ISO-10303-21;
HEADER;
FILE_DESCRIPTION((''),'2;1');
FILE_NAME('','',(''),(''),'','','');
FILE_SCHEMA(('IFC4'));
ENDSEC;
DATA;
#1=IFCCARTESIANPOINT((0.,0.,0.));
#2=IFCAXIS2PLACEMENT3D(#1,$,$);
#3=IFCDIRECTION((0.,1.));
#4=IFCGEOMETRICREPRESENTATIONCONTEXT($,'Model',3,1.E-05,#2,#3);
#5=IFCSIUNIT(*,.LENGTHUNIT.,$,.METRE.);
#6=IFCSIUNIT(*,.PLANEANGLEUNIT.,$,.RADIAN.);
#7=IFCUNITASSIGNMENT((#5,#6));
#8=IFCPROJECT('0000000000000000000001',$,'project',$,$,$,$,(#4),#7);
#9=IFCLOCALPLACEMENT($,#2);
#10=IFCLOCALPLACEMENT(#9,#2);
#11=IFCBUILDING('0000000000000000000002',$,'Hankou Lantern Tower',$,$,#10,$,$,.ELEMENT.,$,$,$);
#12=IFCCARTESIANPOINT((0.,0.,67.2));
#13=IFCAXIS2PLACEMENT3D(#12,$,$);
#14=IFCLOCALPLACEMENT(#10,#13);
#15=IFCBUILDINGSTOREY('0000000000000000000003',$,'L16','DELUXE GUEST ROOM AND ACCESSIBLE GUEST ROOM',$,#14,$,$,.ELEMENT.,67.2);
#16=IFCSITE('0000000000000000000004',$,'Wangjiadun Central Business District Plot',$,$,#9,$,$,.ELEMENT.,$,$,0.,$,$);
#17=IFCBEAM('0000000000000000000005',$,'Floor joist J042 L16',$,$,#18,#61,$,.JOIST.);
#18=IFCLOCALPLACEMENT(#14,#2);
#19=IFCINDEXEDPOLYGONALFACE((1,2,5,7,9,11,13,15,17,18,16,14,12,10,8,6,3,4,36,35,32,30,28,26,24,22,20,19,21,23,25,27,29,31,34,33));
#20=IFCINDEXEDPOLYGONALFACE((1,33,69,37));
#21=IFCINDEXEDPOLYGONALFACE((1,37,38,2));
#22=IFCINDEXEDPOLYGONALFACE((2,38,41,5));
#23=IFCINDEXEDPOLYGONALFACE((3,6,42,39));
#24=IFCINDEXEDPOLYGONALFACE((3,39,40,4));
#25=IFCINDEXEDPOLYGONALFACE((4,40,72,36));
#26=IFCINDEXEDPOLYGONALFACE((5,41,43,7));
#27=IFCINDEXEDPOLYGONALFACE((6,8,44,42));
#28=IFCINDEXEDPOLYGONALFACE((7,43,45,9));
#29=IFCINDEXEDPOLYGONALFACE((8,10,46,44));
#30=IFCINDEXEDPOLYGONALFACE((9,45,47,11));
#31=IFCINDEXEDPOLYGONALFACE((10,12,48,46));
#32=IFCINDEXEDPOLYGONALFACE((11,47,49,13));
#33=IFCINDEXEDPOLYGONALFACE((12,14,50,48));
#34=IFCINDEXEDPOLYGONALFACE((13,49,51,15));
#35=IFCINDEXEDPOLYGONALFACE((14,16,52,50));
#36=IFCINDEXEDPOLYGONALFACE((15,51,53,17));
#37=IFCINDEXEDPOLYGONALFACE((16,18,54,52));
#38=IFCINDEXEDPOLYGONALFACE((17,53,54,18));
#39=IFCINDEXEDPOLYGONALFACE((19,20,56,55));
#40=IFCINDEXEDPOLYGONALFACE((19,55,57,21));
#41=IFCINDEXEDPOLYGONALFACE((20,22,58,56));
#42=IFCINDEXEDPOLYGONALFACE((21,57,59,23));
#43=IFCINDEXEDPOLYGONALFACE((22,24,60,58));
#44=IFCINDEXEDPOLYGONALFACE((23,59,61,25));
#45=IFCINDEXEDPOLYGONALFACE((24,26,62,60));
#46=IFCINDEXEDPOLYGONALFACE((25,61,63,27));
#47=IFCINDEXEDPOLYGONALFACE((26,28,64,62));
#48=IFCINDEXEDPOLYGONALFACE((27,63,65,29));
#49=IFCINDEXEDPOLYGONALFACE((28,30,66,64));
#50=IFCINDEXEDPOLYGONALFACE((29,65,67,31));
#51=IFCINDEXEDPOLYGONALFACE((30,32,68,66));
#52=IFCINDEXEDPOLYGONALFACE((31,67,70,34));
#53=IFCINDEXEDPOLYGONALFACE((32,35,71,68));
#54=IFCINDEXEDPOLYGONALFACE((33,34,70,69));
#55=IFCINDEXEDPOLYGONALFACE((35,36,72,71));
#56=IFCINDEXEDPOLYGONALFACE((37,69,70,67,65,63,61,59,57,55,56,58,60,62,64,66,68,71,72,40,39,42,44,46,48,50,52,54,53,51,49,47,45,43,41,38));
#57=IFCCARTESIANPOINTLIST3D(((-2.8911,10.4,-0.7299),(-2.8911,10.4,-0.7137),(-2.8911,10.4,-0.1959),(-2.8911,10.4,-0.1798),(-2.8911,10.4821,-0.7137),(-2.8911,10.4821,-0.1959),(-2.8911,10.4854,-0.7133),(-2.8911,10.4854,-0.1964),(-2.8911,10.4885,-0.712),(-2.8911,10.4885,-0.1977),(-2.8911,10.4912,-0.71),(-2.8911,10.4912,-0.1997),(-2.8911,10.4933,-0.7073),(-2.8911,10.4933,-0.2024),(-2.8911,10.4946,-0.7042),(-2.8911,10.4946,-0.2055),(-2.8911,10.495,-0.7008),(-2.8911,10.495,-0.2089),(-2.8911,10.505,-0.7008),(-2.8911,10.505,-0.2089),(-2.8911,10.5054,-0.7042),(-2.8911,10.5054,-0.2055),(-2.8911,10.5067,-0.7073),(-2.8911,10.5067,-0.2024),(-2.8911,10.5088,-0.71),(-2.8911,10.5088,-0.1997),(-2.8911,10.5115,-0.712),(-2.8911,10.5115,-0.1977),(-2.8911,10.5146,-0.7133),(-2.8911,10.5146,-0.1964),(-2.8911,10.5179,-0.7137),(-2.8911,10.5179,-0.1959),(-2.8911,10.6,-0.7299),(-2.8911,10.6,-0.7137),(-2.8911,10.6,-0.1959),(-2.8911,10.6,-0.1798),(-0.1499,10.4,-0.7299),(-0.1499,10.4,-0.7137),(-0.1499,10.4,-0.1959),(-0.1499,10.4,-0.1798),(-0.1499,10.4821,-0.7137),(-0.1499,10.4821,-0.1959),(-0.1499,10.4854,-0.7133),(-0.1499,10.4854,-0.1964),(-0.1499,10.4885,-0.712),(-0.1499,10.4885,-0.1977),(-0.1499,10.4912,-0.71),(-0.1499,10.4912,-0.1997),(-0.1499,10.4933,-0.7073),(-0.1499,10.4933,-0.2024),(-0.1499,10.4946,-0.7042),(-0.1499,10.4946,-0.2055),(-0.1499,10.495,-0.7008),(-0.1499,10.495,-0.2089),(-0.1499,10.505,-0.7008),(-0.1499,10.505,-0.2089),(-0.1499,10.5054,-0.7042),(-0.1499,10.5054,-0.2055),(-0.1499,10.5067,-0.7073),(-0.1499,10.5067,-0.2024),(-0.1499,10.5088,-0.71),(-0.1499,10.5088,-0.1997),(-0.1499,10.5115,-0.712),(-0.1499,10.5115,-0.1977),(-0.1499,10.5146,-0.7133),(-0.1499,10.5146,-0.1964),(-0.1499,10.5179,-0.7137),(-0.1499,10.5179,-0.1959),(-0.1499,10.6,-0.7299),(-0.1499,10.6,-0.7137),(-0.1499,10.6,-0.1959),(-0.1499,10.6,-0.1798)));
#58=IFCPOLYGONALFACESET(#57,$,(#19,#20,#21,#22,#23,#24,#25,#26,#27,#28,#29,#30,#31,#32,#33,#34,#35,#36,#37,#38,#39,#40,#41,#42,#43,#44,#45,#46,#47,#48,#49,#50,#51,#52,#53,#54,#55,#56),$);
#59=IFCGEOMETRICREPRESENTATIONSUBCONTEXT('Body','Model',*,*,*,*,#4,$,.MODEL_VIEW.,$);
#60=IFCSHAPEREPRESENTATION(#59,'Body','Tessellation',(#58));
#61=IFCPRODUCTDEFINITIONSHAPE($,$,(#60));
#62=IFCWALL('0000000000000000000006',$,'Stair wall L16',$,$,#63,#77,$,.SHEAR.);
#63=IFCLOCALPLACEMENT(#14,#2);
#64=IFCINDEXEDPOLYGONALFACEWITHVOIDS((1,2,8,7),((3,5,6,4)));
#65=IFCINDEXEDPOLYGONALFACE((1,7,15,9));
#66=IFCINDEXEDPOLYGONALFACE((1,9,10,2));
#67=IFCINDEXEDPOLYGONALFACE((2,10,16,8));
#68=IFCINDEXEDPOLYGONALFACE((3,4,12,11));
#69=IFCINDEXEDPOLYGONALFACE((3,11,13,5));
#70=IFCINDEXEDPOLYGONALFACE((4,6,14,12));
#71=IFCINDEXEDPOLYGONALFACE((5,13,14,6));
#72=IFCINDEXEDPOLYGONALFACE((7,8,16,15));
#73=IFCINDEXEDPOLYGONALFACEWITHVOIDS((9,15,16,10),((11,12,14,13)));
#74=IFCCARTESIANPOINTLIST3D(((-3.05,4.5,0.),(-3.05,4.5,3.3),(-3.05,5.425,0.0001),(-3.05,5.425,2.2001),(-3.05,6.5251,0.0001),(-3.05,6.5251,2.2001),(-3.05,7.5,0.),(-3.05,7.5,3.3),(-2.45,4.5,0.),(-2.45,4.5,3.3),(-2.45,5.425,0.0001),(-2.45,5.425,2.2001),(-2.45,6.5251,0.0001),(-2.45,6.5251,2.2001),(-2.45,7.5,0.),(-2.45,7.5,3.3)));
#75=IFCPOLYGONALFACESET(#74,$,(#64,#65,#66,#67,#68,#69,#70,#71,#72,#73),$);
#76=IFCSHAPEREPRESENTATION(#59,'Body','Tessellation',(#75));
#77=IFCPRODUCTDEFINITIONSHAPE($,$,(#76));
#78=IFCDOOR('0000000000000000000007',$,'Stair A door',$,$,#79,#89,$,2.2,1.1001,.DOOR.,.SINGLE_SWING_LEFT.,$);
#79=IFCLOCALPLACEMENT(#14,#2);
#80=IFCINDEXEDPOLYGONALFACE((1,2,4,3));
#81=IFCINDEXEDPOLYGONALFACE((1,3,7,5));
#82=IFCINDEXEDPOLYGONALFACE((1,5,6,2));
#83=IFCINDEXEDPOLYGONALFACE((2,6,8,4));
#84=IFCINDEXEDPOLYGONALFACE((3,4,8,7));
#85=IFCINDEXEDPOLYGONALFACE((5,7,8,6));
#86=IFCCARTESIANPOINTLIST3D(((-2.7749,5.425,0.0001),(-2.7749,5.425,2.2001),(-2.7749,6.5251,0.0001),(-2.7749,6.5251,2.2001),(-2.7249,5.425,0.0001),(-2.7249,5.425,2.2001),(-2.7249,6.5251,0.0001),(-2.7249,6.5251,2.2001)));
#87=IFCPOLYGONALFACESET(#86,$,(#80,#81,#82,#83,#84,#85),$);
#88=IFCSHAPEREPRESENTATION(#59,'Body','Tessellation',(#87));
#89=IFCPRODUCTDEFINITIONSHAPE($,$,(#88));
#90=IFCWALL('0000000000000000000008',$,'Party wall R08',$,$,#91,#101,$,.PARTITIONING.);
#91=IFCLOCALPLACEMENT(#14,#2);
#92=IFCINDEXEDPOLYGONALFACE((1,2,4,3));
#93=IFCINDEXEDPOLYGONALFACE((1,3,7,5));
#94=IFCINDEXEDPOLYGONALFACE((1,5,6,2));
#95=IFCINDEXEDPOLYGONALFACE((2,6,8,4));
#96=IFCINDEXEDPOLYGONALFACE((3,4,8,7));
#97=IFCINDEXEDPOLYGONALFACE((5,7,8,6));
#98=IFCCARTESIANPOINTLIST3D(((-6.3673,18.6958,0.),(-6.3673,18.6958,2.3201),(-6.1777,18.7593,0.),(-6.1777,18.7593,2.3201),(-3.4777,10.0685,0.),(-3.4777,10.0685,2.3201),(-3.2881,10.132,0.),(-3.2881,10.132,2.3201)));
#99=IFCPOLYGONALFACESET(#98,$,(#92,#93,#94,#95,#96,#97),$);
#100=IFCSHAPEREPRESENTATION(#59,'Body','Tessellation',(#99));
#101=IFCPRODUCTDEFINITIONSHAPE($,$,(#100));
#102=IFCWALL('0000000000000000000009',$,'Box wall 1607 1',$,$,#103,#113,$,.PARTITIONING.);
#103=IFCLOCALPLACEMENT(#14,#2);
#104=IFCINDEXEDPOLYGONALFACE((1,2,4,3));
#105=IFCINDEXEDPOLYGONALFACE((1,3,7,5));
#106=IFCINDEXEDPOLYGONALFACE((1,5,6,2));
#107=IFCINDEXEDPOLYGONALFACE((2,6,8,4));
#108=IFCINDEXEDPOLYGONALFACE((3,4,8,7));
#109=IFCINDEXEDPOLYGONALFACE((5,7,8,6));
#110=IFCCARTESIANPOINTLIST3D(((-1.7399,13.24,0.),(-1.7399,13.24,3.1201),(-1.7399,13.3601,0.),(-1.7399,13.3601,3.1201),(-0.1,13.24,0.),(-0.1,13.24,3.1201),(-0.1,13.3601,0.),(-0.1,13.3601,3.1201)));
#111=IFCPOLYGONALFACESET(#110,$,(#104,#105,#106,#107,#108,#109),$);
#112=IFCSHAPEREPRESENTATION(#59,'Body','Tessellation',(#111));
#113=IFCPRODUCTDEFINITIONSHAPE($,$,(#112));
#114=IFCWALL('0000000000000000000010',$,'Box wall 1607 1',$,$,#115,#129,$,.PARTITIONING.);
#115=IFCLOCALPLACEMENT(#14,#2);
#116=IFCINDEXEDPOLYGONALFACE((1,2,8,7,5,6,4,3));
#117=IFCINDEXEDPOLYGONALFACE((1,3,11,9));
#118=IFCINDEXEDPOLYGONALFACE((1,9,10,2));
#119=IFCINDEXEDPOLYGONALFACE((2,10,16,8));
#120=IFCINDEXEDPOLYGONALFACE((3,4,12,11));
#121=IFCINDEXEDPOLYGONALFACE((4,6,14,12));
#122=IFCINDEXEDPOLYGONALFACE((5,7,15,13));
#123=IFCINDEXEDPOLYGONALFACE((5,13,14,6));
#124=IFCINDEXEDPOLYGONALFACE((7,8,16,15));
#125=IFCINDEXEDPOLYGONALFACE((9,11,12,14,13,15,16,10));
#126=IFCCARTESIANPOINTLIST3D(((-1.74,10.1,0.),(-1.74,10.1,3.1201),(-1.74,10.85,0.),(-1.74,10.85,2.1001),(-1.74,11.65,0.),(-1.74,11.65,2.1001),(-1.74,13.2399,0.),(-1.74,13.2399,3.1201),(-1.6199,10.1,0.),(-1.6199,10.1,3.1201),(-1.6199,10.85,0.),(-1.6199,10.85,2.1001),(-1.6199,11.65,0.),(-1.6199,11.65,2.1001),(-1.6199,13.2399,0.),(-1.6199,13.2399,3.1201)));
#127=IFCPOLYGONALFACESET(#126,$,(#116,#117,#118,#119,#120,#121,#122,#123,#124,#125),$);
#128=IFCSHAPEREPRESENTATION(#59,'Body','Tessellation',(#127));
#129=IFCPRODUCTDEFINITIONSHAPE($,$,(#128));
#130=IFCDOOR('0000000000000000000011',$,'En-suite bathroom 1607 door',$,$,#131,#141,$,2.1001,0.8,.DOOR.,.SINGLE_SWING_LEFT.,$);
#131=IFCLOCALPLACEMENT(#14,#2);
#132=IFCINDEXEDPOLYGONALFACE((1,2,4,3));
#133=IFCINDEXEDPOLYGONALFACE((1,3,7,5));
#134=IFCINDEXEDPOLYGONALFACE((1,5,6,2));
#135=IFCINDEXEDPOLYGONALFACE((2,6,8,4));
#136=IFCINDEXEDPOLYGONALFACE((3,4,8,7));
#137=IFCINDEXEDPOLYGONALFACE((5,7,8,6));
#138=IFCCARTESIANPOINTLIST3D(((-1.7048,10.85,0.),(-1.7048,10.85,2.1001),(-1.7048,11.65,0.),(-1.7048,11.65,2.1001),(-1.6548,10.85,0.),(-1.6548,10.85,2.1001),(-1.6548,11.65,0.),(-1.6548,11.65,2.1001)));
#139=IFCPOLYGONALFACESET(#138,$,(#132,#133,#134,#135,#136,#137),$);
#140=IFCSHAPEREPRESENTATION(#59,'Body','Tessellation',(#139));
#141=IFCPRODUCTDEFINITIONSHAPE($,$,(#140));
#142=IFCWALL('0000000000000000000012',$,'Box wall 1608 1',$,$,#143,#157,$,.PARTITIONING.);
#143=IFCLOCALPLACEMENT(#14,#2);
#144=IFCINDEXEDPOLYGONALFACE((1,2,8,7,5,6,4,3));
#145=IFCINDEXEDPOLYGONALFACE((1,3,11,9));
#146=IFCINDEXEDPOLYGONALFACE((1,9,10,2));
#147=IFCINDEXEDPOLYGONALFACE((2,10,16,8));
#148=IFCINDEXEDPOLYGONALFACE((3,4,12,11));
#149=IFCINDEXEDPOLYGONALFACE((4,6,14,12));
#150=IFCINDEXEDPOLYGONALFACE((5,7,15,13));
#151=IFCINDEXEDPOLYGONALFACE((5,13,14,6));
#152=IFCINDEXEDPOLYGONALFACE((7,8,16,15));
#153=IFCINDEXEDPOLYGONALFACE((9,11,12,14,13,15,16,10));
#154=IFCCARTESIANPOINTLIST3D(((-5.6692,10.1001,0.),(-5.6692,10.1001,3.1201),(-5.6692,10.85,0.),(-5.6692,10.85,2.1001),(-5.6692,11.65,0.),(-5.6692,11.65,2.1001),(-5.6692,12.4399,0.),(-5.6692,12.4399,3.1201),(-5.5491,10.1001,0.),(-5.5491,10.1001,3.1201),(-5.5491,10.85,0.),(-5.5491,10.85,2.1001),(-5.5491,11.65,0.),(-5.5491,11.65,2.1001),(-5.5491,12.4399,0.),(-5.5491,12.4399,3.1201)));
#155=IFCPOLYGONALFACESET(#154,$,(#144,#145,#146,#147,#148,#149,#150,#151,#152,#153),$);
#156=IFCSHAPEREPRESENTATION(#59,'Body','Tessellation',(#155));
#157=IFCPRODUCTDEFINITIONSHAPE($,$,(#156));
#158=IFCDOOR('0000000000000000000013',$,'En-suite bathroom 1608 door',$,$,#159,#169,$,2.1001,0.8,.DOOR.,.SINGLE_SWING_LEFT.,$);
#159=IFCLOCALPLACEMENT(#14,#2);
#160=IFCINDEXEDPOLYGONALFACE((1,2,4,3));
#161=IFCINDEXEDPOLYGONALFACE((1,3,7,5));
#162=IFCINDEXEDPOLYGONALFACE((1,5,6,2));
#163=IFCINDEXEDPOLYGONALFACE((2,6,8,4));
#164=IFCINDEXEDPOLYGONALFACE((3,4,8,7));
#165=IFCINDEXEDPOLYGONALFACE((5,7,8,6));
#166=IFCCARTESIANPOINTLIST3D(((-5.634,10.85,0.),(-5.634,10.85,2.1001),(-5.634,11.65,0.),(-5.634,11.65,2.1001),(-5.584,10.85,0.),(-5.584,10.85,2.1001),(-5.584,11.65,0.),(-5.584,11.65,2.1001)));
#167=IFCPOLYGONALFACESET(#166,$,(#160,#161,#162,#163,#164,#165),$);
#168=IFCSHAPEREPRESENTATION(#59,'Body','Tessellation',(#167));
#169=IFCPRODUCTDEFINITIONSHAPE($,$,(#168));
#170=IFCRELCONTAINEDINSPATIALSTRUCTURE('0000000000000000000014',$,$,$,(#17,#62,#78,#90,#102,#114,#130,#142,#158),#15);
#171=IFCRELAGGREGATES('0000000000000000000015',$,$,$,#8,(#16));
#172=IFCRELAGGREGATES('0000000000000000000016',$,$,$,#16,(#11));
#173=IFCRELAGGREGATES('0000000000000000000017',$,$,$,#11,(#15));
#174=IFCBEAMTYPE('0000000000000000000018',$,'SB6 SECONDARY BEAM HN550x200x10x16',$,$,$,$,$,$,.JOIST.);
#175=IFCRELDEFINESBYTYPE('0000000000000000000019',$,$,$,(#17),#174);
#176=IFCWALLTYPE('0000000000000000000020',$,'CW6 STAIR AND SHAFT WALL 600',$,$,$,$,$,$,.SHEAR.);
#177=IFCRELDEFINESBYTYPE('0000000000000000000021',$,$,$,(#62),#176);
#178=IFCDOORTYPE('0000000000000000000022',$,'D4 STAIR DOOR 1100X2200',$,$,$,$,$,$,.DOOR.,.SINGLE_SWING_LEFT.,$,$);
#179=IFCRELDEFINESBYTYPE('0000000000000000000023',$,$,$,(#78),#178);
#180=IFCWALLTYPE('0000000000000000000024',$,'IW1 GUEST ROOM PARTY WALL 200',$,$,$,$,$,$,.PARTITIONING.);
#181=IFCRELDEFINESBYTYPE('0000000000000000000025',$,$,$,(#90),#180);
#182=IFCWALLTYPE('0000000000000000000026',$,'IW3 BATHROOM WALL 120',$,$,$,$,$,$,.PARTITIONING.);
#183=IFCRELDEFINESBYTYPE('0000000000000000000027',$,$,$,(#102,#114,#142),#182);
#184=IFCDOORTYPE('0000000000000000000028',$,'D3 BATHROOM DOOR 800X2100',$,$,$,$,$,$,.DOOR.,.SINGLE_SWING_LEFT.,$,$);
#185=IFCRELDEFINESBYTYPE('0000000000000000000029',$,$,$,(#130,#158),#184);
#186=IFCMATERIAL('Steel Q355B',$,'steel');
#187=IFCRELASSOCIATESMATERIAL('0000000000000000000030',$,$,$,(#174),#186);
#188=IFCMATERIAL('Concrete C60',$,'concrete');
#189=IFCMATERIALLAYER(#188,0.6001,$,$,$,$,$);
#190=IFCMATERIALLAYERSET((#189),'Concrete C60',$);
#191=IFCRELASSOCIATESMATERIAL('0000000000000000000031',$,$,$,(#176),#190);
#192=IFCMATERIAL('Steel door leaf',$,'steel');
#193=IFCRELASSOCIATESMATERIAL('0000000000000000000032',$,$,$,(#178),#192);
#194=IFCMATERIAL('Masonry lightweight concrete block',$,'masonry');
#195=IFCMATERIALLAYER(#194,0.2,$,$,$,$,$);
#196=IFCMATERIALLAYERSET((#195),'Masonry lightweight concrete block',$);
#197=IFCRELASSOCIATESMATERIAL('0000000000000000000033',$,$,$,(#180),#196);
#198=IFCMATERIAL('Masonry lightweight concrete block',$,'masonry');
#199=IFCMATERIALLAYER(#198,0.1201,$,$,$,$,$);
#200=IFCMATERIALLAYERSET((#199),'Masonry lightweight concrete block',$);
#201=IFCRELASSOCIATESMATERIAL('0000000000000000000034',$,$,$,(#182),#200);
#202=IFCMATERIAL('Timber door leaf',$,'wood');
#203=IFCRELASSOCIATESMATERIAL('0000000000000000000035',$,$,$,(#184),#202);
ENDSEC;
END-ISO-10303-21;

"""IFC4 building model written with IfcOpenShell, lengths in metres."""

from ifc_helpers import new_model, si_unit, direction, frame, frame_2d, origin, origin_2d, place, context, subcontext, project, spatial, rectangle, i_section, extrude, material, layer, layer_set, material_profile, profile_set, type_object, element, fill, save


model = new_model("IFC4")

# Units and contexts
model_context = context("Model", 3, precision=1e-05, world=origin(), true_north=direction((0.0, 1.0)))
body_context = subcontext(model_context, "Body", "Model", "MODEL_VIEW")
ifc_project = project(units=[si_unit("LENGTHUNIT", "METRE"), si_unit("PLANEANGLEUNIT", "RADIAN")], contexts=[model_context])

# Site, building, storey
site_placement = place(None, origin())
site = spatial("IfcSite", under=ifc_project, at=site_placement, Name="Wangjiadun Central Business District Plot", CompositionType="ELEMENT", RefElevation=0.0)
building_placement = place(site_placement, origin())
building = spatial("IfcBuilding", under=site, at=building_placement, Name="Hankou Lantern Tower", CompositionType="ELEMENT")
storey_placement = place(building_placement, frame((0.0, 0.0, 67.2)))
storey = spatial("IfcBuildingStorey", under=building, at=storey_placement, Name="L16", Description="DELUXE GUEST ROOM AND ACCESSIBLE GUEST ROOM", CompositionType="ELEMENT", Elevation=67.2)

# Beam
ifc_material_1 = material(Name="Steel Q355B", Category="steel")
ifc_material_profile_1 = material_profile(ifc_material_1, i_section(OverallWidth=0.2, OverallDepth=0.55, WebThickness=0.01, FlangeThickness=0.0161, FilletRadius=0.0129, at=origin_2d()), Name="HN550x200x10x16")
ifc_profile_set_1 = profile_set([ifc_material_profile_1], Name="Steel Q355B")
beam_type_1 = type_object("IfcBeamType", Name="SB6 SECONDARY BEAM HN550x200x10x16", PredefinedType="JOIST", material=ifc_profile_set_1)
beam_1_placement = place(storey_placement, frame((-2.8911, 10.5, -0.4548), z_axis=(1.0, 0.0, 0.0), x_axis=(0.0, 1.0, 0.0)))
element("IfcBeam", 1, at=beam_1_placement, inside=storey, type_object=beam_type_1, Name="Floor joist J042 L16", PredefinedType="JOIST", context=body_context, shape_type="SweptSolid", body=[
    extrude(i_section(OverallWidth=0.2, OverallDepth=0.55, WebThickness=0.01, FlangeThickness=0.0161, FilletRadius=0.0129, at=origin_2d()), origin(), (0.0, 0.0, 1.0), 2.7412),
])

# Wall, opening, door
ifc_material_2 = material(Name="Concrete C60", Category="concrete")
ifc_layer_1 = layer(ifc_material_2, 0.6001)
ifc_layer_set_1 = layer_set([ifc_layer_1], Name="Concrete C60")
wall_type_1 = type_object("IfcWallType", Name="CW6 STAIR AND SHAFT WALL 600", PredefinedType="SHEAR", material=ifc_layer_set_1)
wall_1_placement = place(storey_placement, frame((-2.75, 4.5, 0.0), z_axis=(0.0, 0.0, 1.0), x_axis=(0.0, 1.0, 0.0)))
wall_1 = element("IfcWall", 2, at=wall_1_placement, inside=storey, type_object=wall_type_1, Name="Stair wall L16", PredefinedType="SHEAR", context=body_context, shape_type="SweptSolid", body=[
    extrude(rectangle(XDim=3.0, YDim=0.6001, at=frame_2d((1.5, 0.0))), origin(), (0.0, 0.0, 1.0), 3.3),
])
opening_1_placement = place(wall_1_placement, frame((0.925, 0.0, 0.0)))
opening_1 = element("IfcOpeningElement", 3, at=opening_1_placement, cuts=wall_1, PredefinedType="OPENING", context=body_context, shape_type="SweptSolid", body=[
    extrude(rectangle(XDim=1.1001, YDim=2.2, at=frame_2d((0.55, 1.1001))), frame((0.0, 0.3101, 0.0), z_axis=(0.0, -1.0, 0.0), x_axis=(1.0, 0.0, 0.0)), (0.0, 0.0, 1.0), 0.6201),
])
ifc_material_3 = material(Name="Steel door leaf", Category="steel")
door_type_1 = type_object("IfcDoorType", Name="D4 STAIR DOOR 1100X2200", OperationType="SINGLE_SWING_LEFT", PredefinedType="DOOR", material=ifc_material_3)
door_1_placement = place(opening_1_placement, origin())
door_1 = element("IfcDoor", 4, at=door_1_placement, inside=storey, type_object=door_type_1, Name="Stair A door", OperationType="SINGLE_SWING_LEFT", OverallHeight=2.2, OverallWidth=1.1001, PredefinedType="DOOR", context=body_context, shape_type="SweptSolid", body=[
    extrude(rectangle(XDim=1.1001, YDim=2.2, at=frame_2d((0.55, 1.1001))), frame((0.0, 0.0249, 0.0), z_axis=(0.0, -1.0, 0.0), x_axis=(1.0, 0.0, 0.0)), (0.0, 0.0, 1.0), 0.05),
])
fill(opening_1, door_1)

# Walls
ifc_material_4 = material(Name="Masonry lightweight concrete block", Category="masonry")
ifc_layer_2 = layer(ifc_material_4, 0.2)
ifc_layer_set_2 = layer_set([ifc_layer_2], Name="Masonry lightweight concrete block")
wall_type_2 = type_object("IfcWallType", Name="IW1 GUEST ROOM PARTY WALL 200", PredefinedType="PARTITIONING", material=ifc_layer_set_2)
wall_2_placement = place(storey_placement, frame((-3.3828, 10.1001, 0.0), z_axis=(0.0, 0.0, 1.0), x_axis=(-0.317596, 0.948226, 0.0)))
element("IfcWall", 5, at=wall_2_placement, inside=storey, type_object=wall_type_2, Name="Party wall R08", PredefinedType="PARTITIONING", context=body_context, shape_type="SweptSolid", body=[
    extrude(rectangle(XDim=9.0984, YDim=0.2, at=frame_2d((4.5493, 0.0))), origin(), (0.0, 0.0, 1.0), 2.3201),
])
ifc_material_5 = material(Name="Masonry lightweight concrete block", Category="masonry")
ifc_layer_3 = layer(ifc_material_5, 0.1201)
ifc_layer_set_3 = layer_set([ifc_layer_3], Name="Masonry lightweight concrete block")
wall_type_3 = type_object("IfcWallType", Name="IW3 BATHROOM WALL 120", PredefinedType="PARTITIONING", material=ifc_layer_set_3)
wall_3_placement = place(storey_placement, frame((-0.1001, 13.3, 0.0), z_axis=(0.0, 0.0, 1.0), x_axis=(-1.0, 0.0, 0.0)))
element("IfcWall", 6, at=wall_3_placement, inside=storey, type_object=wall_type_3, Name="Box wall 1607 1", PredefinedType="PARTITIONING", context=body_context, shape_type="SweptSolid", body=[
    extrude(rectangle(XDim=1.6399, YDim=0.1201, at=frame_2d((0.8198, 0.0))), origin(), (0.0, 0.0, 1.0), 3.1201),
])

# Walls, openings, doors
wall_4_placement = place(storey_placement, frame((-1.6799, 10.1001, 0.0), z_axis=(0.0, 0.0, 1.0), x_axis=(0.0, 1.0, 0.0)))
wall_4 = element("IfcWall", 7, at=wall_4_placement, inside=storey, type_object=wall_type_3, Name="Box wall 1607 1", PredefinedType="PARTITIONING", context=body_context, shape_type="SweptSolid", body=[
    extrude(rectangle(XDim=3.1399, YDim=0.1201, at=frame_2d((1.5698, 0.0))), origin(), (0.0, 0.0, 1.0), 3.1201),
])
opening_2_placement = place(wall_4_placement, frame((0.75, 0.0, 0.0)))
opening_2 = element("IfcOpeningElement", 8, at=opening_2_placement, cuts=wall_4, PredefinedType="OPENING", context=body_context, shape_type="SweptSolid", body=[
    extrude(rectangle(XDim=0.8, YDim=2.1001, at=frame_2d((0.3999, 1.05))), frame((0.0, 0.0701, 0.0), z_axis=(0.0, -1.0, 0.0), x_axis=(1.0, 0.0, 0.0)), (0.0, 0.0, 1.0), 0.1401),
])
ifc_material_6 = material(Name="Timber door leaf", Category="wood")
door_type_2 = type_object("IfcDoorType", Name="D3 BATHROOM DOOR 800X2100", OperationType="SINGLE_SWING_LEFT", PredefinedType="DOOR", material=ifc_material_6)
door_2_placement = place(opening_2_placement, origin())
door_2 = element("IfcDoor", 9, at=door_2_placement, inside=storey, type_object=door_type_2, Name="En-suite bathroom 1607 door", OperationType="SINGLE_SWING_LEFT", OverallHeight=2.1001, OverallWidth=0.8, PredefinedType="DOOR", context=body_context, shape_type="SweptSolid", body=[
    extrude(rectangle(XDim=0.8, YDim=2.1001, at=frame_2d((0.3999, 1.05))), frame((0.0, 0.0249, 0.0), z_axis=(0.0, -1.0, 0.0), x_axis=(1.0, 0.0, 0.0)), (0.0, 0.0, 1.0), 0.05),
])
fill(opening_2, door_2)
wall_5_placement = place(storey_placement, frame((-5.6091, 10.1001, 0.0), z_axis=(0.0, 0.0, 1.0), x_axis=(0.0, 1.0, 0.0)))
wall_5 = element("IfcWall", 10, at=wall_5_placement, inside=storey, type_object=wall_type_3, Name="Box wall 1608 1", PredefinedType="PARTITIONING", context=body_context, shape_type="SweptSolid", body=[
    extrude(rectangle(XDim=2.3398, YDim=0.1201, at=frame_2d((1.1699, 0.0))), origin(), (0.0, 0.0, 1.0), 3.1201),
])
opening_3_placement = place(wall_5_placement, frame((0.75, 0.0, 0.0)))
opening_3 = element("IfcOpeningElement", 11, at=opening_3_placement, cuts=wall_5, PredefinedType="OPENING", context=body_context, shape_type="SweptSolid", body=[
    extrude(rectangle(XDim=0.8, YDim=2.1001, at=frame_2d((0.3999, 1.05))), frame((0.0, 0.0701, 0.0), z_axis=(0.0, -1.0, 0.0), x_axis=(1.0, 0.0, 0.0)), (0.0, 0.0, 1.0), 0.1401),
])
door_3_placement = place(opening_3_placement, origin())
door_3 = element("IfcDoor", 12, at=door_3_placement, inside=storey, type_object=door_type_2, Name="En-suite bathroom 1608 door", OperationType="SINGLE_SWING_LEFT", OverallHeight=2.1001, OverallWidth=0.8, PredefinedType="DOOR", context=body_context, shape_type="SweptSolid", body=[
    extrude(rectangle(XDim=0.8, YDim=2.1001, at=frame_2d((0.3999, 1.05))), frame((0.0, 0.0249, 0.0), z_axis=(0.0, -1.0, 0.0), x_axis=(1.0, 0.0, 0.0)), (0.0, 0.0, 1.0), 0.05),
])
fill(opening_3, door_3)

save(model, "model.ifc")
